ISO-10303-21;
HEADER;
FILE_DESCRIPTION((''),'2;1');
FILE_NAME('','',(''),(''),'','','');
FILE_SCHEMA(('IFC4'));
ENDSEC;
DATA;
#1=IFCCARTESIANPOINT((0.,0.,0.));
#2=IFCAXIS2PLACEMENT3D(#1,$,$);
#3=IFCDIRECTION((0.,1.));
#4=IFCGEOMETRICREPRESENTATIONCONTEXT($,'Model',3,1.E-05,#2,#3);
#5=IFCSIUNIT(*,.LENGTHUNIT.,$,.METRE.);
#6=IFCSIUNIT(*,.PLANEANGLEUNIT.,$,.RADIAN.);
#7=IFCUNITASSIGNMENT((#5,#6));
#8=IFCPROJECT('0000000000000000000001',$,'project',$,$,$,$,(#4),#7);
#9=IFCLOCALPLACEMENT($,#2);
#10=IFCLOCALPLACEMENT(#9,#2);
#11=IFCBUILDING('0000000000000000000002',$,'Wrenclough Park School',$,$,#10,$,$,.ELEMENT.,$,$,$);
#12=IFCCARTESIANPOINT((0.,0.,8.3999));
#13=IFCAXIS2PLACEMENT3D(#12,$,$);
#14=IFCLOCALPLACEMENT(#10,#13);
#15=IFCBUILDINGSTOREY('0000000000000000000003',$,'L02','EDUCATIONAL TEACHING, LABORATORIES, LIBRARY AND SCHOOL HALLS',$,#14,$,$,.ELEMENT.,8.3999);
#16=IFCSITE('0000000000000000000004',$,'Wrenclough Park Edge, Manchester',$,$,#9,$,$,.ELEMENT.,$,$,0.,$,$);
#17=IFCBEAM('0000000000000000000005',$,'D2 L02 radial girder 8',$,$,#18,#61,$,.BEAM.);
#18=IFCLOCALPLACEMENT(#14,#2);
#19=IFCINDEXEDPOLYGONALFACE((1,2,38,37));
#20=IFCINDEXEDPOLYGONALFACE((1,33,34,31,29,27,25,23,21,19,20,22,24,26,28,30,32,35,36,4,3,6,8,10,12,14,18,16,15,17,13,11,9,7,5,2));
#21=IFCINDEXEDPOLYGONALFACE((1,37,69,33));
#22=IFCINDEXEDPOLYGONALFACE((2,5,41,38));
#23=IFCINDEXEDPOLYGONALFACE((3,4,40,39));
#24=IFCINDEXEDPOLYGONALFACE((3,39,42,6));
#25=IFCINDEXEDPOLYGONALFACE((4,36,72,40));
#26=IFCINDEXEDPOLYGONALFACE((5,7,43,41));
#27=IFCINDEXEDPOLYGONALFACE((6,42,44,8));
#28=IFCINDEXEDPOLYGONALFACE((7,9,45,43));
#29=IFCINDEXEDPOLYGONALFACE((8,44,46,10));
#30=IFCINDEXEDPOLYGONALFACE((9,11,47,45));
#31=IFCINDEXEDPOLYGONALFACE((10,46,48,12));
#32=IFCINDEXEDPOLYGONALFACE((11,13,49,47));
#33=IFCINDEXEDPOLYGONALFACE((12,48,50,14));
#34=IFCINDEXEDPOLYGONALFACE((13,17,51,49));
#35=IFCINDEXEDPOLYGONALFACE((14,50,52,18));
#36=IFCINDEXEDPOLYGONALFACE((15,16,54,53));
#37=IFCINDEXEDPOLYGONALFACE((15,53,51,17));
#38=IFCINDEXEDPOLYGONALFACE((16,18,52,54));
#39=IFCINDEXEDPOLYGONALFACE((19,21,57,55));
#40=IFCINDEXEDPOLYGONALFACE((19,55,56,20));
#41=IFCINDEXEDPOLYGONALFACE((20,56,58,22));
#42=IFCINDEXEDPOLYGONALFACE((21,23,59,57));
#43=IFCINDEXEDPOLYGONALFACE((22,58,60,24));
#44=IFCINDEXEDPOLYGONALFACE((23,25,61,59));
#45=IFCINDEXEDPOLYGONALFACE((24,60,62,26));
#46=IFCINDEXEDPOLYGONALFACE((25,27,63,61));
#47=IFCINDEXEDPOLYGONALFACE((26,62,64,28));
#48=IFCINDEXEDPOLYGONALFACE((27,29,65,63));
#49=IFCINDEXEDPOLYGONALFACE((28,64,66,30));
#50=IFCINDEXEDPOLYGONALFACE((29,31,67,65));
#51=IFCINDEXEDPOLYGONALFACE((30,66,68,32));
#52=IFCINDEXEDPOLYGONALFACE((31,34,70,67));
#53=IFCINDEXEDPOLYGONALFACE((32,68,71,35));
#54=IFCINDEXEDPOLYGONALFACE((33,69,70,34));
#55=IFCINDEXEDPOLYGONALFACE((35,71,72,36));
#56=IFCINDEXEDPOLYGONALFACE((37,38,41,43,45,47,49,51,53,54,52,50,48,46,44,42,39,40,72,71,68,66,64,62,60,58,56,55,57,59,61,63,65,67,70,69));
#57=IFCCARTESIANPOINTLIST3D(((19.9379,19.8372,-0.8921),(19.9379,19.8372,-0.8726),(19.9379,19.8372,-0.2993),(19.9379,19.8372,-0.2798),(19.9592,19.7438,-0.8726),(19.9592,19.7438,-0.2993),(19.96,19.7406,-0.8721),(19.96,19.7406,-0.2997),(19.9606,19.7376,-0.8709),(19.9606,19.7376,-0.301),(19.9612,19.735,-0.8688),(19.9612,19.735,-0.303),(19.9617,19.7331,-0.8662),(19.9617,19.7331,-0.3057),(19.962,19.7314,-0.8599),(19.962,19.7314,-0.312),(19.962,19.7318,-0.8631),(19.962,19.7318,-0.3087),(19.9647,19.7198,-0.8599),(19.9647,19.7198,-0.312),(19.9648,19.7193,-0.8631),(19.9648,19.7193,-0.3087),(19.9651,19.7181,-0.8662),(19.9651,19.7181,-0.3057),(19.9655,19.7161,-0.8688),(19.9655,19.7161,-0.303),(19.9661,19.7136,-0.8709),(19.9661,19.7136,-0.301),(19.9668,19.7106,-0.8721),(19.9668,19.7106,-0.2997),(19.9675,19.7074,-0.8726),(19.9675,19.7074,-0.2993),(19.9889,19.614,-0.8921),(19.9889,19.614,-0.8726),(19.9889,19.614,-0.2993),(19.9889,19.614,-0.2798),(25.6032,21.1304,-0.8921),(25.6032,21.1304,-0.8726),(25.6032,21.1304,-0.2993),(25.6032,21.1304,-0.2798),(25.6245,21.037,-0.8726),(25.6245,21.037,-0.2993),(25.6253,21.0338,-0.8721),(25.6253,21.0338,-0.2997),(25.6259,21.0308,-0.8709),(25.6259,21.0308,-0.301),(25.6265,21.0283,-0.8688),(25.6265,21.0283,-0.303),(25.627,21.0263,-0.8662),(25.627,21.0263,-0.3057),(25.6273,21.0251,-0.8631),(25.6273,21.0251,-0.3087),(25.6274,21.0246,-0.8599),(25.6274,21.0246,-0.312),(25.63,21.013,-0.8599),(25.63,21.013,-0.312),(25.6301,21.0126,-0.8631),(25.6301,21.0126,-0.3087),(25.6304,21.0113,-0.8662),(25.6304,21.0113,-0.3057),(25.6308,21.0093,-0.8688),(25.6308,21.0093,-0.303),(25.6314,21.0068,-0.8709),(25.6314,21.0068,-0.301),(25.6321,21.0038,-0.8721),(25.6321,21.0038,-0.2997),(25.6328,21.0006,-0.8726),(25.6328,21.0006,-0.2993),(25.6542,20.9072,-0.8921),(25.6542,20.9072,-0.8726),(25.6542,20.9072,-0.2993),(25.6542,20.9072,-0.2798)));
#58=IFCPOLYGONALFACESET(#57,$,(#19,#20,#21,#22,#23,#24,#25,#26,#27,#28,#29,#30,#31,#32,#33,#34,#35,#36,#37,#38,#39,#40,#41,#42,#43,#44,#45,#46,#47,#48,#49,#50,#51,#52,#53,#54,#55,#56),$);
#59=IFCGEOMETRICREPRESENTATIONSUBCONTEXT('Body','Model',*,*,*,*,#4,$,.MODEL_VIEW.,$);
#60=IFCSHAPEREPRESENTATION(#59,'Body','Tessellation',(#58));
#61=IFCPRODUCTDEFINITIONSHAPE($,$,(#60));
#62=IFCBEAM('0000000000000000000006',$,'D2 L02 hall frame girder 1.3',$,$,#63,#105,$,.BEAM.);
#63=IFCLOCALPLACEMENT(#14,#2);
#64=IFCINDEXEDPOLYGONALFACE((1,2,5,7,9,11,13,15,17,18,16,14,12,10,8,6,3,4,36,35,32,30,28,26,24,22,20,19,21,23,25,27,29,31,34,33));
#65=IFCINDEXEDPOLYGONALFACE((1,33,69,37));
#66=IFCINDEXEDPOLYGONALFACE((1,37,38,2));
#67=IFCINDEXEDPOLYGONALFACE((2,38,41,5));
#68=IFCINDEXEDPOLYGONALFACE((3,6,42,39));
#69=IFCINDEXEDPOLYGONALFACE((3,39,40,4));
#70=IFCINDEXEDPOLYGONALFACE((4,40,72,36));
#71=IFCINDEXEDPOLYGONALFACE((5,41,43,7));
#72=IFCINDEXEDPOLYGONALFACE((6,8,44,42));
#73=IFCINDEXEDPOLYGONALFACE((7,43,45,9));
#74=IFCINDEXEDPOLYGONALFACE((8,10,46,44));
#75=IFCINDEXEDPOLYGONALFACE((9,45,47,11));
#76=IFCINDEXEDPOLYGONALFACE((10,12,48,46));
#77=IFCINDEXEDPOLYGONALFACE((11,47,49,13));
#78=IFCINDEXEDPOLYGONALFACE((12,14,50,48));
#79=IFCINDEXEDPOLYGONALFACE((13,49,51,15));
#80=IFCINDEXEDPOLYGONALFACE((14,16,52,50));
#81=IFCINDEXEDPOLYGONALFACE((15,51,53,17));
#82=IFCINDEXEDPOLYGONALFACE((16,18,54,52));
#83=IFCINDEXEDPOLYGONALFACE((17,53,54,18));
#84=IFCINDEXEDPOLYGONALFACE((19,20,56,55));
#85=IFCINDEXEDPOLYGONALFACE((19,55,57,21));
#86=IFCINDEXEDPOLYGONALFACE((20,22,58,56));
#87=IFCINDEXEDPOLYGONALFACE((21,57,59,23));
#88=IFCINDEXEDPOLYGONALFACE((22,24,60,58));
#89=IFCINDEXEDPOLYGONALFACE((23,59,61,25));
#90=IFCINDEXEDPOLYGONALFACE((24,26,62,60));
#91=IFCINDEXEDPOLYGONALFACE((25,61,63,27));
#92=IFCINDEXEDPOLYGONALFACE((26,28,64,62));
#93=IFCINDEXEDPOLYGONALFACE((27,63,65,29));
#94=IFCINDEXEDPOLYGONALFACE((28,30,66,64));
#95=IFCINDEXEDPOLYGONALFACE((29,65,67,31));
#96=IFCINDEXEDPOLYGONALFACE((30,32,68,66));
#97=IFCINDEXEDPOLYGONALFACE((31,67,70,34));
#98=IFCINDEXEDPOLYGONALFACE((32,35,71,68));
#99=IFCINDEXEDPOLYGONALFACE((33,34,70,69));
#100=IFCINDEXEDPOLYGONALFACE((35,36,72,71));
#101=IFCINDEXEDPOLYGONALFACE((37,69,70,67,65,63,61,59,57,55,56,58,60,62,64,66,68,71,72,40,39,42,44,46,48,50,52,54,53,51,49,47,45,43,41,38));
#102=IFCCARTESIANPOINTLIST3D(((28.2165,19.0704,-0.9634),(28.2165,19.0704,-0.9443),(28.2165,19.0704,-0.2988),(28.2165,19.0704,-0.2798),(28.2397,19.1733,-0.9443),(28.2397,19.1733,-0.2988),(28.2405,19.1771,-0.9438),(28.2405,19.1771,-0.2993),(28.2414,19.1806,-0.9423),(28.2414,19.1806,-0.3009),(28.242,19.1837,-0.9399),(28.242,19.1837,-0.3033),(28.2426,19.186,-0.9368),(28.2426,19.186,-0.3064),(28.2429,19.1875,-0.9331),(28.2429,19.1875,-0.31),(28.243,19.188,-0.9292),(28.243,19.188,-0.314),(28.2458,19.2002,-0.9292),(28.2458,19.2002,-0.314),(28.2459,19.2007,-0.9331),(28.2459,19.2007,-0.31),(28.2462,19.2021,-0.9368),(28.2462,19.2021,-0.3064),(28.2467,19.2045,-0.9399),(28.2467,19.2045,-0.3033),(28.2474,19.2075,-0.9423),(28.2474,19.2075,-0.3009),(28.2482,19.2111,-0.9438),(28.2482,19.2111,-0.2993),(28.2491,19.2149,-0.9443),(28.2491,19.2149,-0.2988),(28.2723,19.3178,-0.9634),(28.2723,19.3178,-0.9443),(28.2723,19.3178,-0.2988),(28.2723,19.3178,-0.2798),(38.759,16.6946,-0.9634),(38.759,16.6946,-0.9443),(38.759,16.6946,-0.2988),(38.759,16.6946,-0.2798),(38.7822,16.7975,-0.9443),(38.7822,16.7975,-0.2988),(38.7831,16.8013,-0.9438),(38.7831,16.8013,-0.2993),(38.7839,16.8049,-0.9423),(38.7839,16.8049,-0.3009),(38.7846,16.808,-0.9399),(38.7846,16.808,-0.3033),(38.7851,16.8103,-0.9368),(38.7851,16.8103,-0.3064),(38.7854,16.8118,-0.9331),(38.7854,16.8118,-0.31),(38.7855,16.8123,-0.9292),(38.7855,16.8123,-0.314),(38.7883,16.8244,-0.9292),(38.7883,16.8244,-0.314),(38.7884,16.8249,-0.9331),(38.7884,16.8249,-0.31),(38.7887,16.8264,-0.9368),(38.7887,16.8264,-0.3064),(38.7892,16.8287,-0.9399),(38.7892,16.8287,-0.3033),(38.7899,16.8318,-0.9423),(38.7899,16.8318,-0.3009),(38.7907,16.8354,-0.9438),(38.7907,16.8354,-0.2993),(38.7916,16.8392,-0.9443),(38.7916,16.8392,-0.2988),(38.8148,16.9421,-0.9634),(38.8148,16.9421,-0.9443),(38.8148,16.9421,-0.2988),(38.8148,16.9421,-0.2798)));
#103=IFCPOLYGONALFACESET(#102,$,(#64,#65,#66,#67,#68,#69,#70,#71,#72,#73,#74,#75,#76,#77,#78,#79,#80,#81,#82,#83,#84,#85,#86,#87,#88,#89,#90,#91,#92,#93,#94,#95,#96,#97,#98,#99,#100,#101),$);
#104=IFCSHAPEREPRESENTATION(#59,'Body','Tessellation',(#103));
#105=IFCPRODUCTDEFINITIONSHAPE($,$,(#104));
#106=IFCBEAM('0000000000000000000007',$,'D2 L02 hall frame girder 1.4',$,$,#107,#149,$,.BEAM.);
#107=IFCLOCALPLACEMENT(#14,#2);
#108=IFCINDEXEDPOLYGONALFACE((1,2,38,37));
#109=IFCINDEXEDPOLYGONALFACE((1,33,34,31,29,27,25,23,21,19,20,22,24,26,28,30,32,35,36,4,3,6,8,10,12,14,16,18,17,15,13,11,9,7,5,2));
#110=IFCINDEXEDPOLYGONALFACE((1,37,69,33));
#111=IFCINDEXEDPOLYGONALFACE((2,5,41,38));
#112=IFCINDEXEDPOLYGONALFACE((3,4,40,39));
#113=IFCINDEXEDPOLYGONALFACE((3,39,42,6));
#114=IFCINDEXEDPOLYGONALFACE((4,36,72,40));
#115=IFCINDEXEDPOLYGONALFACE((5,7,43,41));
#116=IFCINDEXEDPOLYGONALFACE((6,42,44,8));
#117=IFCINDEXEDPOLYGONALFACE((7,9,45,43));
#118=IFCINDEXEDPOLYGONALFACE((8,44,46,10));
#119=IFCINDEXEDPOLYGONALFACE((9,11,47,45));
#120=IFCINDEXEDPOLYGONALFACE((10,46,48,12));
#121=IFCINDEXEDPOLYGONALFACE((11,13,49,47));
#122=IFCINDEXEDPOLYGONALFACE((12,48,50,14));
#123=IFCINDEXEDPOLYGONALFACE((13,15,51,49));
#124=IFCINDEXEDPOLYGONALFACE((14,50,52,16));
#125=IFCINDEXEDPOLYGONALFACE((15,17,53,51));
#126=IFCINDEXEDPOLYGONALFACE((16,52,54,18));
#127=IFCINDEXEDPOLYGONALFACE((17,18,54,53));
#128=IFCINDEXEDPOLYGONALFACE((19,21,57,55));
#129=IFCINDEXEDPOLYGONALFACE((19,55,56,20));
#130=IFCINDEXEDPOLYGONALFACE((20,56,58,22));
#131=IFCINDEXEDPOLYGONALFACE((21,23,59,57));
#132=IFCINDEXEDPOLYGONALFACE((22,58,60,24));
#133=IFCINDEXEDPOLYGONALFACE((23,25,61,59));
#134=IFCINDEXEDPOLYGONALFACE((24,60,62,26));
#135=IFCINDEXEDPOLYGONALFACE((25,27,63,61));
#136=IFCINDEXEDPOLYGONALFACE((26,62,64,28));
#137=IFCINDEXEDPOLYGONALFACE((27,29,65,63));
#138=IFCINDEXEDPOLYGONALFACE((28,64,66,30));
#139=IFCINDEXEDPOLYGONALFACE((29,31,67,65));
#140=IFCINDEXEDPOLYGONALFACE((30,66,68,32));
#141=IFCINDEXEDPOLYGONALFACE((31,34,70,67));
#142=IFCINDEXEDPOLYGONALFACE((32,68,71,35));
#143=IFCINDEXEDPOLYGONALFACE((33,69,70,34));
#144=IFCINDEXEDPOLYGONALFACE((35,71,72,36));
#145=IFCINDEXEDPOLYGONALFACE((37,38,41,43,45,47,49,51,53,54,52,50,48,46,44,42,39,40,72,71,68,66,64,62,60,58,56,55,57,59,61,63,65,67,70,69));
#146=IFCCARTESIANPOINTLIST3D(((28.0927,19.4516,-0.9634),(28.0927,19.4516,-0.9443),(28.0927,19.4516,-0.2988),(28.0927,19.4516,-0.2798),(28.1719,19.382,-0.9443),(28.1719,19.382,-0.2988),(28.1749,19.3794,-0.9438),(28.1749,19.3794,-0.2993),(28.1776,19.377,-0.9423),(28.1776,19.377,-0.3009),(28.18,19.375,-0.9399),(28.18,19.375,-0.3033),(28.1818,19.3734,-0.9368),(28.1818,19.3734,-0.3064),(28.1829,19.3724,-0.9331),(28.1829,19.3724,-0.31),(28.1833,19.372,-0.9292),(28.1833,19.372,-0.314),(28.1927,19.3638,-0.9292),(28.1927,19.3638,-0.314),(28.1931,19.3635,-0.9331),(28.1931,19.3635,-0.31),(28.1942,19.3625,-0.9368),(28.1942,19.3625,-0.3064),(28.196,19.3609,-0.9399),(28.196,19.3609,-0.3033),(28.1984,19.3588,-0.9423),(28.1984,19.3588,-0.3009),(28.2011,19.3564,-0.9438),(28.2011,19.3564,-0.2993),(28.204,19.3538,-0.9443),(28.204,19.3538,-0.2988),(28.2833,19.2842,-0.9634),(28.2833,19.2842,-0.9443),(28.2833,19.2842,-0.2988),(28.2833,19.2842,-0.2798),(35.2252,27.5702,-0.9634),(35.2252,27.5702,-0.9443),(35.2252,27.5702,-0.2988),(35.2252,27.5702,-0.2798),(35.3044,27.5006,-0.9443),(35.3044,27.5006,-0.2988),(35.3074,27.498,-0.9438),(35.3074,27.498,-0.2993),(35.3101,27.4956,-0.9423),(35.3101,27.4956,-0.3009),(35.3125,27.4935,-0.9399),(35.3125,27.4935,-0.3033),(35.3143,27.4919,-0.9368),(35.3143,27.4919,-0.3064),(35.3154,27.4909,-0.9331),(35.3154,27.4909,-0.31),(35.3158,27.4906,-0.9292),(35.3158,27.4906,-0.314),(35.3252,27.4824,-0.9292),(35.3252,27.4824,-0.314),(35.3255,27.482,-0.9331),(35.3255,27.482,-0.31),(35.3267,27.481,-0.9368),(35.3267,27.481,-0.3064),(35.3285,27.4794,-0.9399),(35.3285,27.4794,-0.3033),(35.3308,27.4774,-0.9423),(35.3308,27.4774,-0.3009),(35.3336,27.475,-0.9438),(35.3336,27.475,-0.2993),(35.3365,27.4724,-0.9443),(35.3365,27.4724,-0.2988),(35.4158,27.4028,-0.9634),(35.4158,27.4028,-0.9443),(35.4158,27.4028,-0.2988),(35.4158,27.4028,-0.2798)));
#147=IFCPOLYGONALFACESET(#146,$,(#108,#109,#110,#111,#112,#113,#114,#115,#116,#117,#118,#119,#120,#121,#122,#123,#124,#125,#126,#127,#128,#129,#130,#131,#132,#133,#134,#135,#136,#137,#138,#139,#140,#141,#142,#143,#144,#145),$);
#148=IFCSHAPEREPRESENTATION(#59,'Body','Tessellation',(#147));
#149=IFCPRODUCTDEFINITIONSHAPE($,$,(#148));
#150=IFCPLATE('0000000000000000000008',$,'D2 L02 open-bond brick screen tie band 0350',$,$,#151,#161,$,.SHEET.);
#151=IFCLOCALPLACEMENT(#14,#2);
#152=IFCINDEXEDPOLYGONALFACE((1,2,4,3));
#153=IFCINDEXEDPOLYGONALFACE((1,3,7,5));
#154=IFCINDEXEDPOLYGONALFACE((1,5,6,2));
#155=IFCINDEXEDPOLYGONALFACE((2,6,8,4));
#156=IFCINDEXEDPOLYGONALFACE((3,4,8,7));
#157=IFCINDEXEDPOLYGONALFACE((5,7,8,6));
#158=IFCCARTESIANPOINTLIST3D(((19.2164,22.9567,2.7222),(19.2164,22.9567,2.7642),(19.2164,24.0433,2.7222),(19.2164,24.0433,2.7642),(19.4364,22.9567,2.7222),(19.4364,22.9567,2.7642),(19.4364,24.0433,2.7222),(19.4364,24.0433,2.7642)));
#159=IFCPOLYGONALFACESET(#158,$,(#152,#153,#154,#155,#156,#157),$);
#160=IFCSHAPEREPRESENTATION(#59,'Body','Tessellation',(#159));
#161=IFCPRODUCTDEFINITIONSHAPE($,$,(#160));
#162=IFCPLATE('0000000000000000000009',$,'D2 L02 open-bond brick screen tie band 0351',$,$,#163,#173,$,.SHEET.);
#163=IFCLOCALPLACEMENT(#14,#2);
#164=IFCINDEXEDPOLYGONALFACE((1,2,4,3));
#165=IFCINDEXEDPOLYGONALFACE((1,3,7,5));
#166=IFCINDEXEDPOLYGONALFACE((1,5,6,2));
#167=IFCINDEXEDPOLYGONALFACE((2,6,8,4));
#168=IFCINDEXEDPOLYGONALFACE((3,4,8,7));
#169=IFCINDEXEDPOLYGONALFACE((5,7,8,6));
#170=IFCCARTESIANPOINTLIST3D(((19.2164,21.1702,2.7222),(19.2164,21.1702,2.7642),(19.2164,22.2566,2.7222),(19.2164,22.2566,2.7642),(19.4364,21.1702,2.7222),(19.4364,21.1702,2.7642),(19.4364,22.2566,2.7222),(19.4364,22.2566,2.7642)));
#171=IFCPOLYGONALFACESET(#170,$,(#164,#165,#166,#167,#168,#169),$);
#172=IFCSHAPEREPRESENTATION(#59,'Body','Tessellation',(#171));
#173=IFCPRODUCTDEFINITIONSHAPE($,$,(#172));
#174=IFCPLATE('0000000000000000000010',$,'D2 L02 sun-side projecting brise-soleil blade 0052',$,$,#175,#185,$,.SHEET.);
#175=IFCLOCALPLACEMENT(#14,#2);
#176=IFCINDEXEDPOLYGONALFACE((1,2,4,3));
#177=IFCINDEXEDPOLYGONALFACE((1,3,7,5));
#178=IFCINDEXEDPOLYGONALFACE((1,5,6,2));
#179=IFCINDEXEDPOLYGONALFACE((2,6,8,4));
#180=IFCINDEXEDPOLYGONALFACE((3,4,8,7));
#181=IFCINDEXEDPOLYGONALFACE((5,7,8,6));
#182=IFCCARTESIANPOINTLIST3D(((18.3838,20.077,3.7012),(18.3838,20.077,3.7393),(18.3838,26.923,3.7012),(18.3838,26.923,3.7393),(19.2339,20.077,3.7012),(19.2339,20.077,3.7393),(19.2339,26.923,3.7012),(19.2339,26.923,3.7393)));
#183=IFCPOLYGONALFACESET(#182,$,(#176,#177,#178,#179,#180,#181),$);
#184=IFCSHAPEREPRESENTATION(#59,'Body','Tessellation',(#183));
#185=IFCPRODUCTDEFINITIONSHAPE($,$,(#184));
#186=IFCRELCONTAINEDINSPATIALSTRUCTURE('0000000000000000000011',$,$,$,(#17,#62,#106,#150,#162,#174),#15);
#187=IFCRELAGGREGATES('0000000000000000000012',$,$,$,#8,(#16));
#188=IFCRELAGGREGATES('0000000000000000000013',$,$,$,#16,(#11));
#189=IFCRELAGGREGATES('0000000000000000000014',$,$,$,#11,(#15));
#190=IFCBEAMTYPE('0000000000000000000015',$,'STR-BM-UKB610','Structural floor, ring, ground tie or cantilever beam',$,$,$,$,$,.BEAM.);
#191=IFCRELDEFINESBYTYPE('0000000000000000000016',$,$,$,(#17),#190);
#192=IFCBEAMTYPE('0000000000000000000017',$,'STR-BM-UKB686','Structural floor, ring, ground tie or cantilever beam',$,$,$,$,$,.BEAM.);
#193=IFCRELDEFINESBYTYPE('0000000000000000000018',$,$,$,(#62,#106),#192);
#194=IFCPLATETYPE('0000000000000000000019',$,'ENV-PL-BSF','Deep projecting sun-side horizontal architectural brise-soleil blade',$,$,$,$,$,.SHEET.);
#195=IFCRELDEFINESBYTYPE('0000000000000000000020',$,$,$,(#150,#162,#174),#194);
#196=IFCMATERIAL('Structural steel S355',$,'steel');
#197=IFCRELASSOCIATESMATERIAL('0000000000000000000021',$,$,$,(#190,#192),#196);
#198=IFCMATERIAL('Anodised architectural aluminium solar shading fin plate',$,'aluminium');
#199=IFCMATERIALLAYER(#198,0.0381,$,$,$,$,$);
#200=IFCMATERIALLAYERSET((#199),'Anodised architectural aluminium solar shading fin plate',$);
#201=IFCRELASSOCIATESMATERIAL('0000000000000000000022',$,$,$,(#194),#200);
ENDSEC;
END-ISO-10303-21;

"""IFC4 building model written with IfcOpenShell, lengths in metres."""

from ifc_helpers import new_model, si_unit, direction, frame, origin, origin_2d, place, context, subcontext, project, spatial, rectangle, i_section, extrude, material, layer, layer_set, material_profile, profile_set, type_object, element, save


model = new_model("IFC4")

# Units and contexts
model_context = context("Model", 3, precision=1e-05, world=origin(), true_north=direction((0.0, 1.0)))
body_context = subcontext(model_context, "Body", "Model", "MODEL_VIEW")
ifc_project = project(units=[si_unit("LENGTHUNIT", "METRE"), si_unit("PLANEANGLEUNIT", "RADIAN")], contexts=[model_context])

# Site, building, storey
site_placement = place(None, origin())
site = spatial("IfcSite", under=ifc_project, at=site_placement, Name="Wrenclough Park Edge, Manchester", CompositionType="ELEMENT", RefElevation=0.0)
building_placement = place(site_placement, origin())
building = spatial("IfcBuilding", under=site, at=building_placement, Name="Wrenclough Park School", CompositionType="ELEMENT")
storey_placement = place(building_placement, frame((0.0, 0.0, 8.3999)))
storey = spatial("IfcBuildingStorey", under=building, at=storey_placement, Name="L02", Description="EDUCATIONAL TEACHING, LABORATORIES, LIBRARY AND SCHOOL HALLS", CompositionType="ELEMENT", Elevation=8.3999)

# Shared definitions
ifc_material_1 = material(Name="Structural steel S355", Category="steel")

# Beams
ifc_material_profile_1 = material_profile(ifc_material_1, i_section(OverallWidth=0.229, OverallDepth=0.6123, WebThickness=0.012, FlangeThickness=0.0195, FilletRadius=0.0127, at=origin_2d()), Name="UKB 610x229x125")
ifc_profile_set_1 = profile_set([ifc_material_profile_1], Name="Structural steel S355")
beam_type_1 = type_object("IfcBeamType", Name="STR-BM-UKB610", Description="Structural floor, ring, ground tie or cantilever beam", PredefinedType="BEAM", material=ifc_profile_set_1)
beam_1_placement = place(storey_placement, frame((19.9634, 19.7256, -0.5859), z_axis=(0.974922, 0.222545, 0.0), x_axis=(-0.222545, 0.974922, 0.0)))
element("IfcBeam", 1, at=beam_1_placement, inside=storey, type_object=beam_type_1, Name="D2 L02 radial girder 8", PredefinedType="BEAM", context=body_context, shape_type="SweptSolid", body=[
    extrude(i_section(OverallWidth=0.229, OverallDepth=0.6123, WebThickness=0.012, FlangeThickness=0.0195, FilletRadius=0.0127, at=origin_2d()), origin(), (0.0, 0.0, 1.0), 5.811),
])
ifc_material_profile_2 = material_profile(ifc_material_1, i_section(OverallWidth=0.2537, OverallDepth=0.6836, WebThickness=0.0125, FlangeThickness=0.019, FilletRadius=0.0151, at=origin_2d()), Name="UKB 686x254x140")
ifc_profile_set_2 = profile_set([ifc_material_profile_2], Name="Structural steel S355")
beam_type_2 = type_object("IfcBeamType", Name="STR-BM-UKB686", Description="Structural floor, ring, ground tie or cantilever beam", PredefinedType="BEAM", material=ifc_profile_set_2)
beam_2_placement = place(storey_placement, frame((28.2444, 19.1941, -0.6216), z_axis=(0.975537, -0.219836, 0.0), x_axis=(0.219836, 0.975537, 0.0)))
element("IfcBeam", 2, at=beam_2_placement, inside=storey, type_object=beam_type_2, Name="D2 L02 hall frame girder 1.3", PredefinedType="BEAM", context=body_context, shape_type="SweptSolid", body=[
    extrude(i_section(OverallWidth=0.2537, OverallDepth=0.6836, WebThickness=0.0125, FlangeThickness=0.019, FilletRadius=0.0151, at=origin_2d()), origin(), (0.0, 0.0, 1.0), 10.8069),
])
beam_3_placement = place(storey_placement, frame((28.188, 19.3679, -0.6216), z_axis=(0.66001, 0.751257, 0.0), x_axis=(-0.751257, 0.66001, 0.0)))
element("IfcBeam", 3, at=beam_3_placement, inside=storey, type_object=beam_type_2, Name="D2 L02 hall frame girder 1.4", PredefinedType="BEAM", context=body_context, shape_type="SweptSolid", body=[
    extrude(i_section(OverallWidth=0.2537, OverallDepth=0.6836, WebThickness=0.0125, FlangeThickness=0.019, FilletRadius=0.0151, at=origin_2d()), origin(), (0.0, 0.0, 1.0), 10.8066),
])

# Plates
ifc_material_2 = material(Name="Anodised architectural aluminium solar shading fin plate", Category="aluminium")
ifc_layer_1 = layer(ifc_material_2, 0.0381)
ifc_layer_set_1 = layer_set([ifc_layer_1], Name="Anodised architectural aluminium solar shading fin plate")
plate_type = type_object("IfcPlateType", Name="ENV-PL-BSF", Description="Deep projecting sun-side horizontal architectural brise-soleil blade", PredefinedType="SHEET", material=ifc_layer_set_1)
plate_1_placement = place(storey_placement, frame((19.3264, 23.5, 2.7222), z_axis=(0.0, 0.0, 1.0), x_axis=(0.0, -1.0, 0.0)))
element("IfcPlate", 4, at=plate_1_placement, inside=storey, type_object=plate_type, Name="D2 L02 open-bond brick screen tie band 0350", PredefinedType="SHEET", context=body_context, shape_type="SweptSolid", body=[
    extrude(rectangle(XDim=1.0867, YDim=0.22, at=origin_2d()), origin(), (0.0, 0.0, 1.0), 0.042),
])
plate_2_placement = place(storey_placement, frame((19.3264, 21.7134, 2.7222), z_axis=(0.0, 0.0, 1.0), x_axis=(0.0, -1.0, 0.0)))
element("IfcPlate", 5, at=plate_2_placement, inside=storey, type_object=plate_type, Name="D2 L02 open-bond brick screen tie band 0351", PredefinedType="SHEET", context=body_context, shape_type="SweptSolid", body=[
    extrude(rectangle(XDim=1.0864, YDim=0.22, at=origin_2d()), origin(), (0.0, 0.0, 1.0), 0.042),
])
plate_3_placement = place(storey_placement, frame((18.8088, 23.5, 3.7012), z_axis=(0.0, 0.0, 1.0), x_axis=(0.0, -1.0, 0.0)))
element("IfcPlate", 6, at=plate_3_placement, inside=storey, type_object=plate_type, Name="D2 L02 sun-side projecting brise-soleil blade 0052", PredefinedType="SHEET", context=body_context, shape_type="SweptSolid", body=[
    extrude(rectangle(XDim=6.8459, YDim=0.8501, at=origin_2d()), origin(), (0.0, 0.0, 1.0), 0.0381),
])

save(model, "model.ifc")
